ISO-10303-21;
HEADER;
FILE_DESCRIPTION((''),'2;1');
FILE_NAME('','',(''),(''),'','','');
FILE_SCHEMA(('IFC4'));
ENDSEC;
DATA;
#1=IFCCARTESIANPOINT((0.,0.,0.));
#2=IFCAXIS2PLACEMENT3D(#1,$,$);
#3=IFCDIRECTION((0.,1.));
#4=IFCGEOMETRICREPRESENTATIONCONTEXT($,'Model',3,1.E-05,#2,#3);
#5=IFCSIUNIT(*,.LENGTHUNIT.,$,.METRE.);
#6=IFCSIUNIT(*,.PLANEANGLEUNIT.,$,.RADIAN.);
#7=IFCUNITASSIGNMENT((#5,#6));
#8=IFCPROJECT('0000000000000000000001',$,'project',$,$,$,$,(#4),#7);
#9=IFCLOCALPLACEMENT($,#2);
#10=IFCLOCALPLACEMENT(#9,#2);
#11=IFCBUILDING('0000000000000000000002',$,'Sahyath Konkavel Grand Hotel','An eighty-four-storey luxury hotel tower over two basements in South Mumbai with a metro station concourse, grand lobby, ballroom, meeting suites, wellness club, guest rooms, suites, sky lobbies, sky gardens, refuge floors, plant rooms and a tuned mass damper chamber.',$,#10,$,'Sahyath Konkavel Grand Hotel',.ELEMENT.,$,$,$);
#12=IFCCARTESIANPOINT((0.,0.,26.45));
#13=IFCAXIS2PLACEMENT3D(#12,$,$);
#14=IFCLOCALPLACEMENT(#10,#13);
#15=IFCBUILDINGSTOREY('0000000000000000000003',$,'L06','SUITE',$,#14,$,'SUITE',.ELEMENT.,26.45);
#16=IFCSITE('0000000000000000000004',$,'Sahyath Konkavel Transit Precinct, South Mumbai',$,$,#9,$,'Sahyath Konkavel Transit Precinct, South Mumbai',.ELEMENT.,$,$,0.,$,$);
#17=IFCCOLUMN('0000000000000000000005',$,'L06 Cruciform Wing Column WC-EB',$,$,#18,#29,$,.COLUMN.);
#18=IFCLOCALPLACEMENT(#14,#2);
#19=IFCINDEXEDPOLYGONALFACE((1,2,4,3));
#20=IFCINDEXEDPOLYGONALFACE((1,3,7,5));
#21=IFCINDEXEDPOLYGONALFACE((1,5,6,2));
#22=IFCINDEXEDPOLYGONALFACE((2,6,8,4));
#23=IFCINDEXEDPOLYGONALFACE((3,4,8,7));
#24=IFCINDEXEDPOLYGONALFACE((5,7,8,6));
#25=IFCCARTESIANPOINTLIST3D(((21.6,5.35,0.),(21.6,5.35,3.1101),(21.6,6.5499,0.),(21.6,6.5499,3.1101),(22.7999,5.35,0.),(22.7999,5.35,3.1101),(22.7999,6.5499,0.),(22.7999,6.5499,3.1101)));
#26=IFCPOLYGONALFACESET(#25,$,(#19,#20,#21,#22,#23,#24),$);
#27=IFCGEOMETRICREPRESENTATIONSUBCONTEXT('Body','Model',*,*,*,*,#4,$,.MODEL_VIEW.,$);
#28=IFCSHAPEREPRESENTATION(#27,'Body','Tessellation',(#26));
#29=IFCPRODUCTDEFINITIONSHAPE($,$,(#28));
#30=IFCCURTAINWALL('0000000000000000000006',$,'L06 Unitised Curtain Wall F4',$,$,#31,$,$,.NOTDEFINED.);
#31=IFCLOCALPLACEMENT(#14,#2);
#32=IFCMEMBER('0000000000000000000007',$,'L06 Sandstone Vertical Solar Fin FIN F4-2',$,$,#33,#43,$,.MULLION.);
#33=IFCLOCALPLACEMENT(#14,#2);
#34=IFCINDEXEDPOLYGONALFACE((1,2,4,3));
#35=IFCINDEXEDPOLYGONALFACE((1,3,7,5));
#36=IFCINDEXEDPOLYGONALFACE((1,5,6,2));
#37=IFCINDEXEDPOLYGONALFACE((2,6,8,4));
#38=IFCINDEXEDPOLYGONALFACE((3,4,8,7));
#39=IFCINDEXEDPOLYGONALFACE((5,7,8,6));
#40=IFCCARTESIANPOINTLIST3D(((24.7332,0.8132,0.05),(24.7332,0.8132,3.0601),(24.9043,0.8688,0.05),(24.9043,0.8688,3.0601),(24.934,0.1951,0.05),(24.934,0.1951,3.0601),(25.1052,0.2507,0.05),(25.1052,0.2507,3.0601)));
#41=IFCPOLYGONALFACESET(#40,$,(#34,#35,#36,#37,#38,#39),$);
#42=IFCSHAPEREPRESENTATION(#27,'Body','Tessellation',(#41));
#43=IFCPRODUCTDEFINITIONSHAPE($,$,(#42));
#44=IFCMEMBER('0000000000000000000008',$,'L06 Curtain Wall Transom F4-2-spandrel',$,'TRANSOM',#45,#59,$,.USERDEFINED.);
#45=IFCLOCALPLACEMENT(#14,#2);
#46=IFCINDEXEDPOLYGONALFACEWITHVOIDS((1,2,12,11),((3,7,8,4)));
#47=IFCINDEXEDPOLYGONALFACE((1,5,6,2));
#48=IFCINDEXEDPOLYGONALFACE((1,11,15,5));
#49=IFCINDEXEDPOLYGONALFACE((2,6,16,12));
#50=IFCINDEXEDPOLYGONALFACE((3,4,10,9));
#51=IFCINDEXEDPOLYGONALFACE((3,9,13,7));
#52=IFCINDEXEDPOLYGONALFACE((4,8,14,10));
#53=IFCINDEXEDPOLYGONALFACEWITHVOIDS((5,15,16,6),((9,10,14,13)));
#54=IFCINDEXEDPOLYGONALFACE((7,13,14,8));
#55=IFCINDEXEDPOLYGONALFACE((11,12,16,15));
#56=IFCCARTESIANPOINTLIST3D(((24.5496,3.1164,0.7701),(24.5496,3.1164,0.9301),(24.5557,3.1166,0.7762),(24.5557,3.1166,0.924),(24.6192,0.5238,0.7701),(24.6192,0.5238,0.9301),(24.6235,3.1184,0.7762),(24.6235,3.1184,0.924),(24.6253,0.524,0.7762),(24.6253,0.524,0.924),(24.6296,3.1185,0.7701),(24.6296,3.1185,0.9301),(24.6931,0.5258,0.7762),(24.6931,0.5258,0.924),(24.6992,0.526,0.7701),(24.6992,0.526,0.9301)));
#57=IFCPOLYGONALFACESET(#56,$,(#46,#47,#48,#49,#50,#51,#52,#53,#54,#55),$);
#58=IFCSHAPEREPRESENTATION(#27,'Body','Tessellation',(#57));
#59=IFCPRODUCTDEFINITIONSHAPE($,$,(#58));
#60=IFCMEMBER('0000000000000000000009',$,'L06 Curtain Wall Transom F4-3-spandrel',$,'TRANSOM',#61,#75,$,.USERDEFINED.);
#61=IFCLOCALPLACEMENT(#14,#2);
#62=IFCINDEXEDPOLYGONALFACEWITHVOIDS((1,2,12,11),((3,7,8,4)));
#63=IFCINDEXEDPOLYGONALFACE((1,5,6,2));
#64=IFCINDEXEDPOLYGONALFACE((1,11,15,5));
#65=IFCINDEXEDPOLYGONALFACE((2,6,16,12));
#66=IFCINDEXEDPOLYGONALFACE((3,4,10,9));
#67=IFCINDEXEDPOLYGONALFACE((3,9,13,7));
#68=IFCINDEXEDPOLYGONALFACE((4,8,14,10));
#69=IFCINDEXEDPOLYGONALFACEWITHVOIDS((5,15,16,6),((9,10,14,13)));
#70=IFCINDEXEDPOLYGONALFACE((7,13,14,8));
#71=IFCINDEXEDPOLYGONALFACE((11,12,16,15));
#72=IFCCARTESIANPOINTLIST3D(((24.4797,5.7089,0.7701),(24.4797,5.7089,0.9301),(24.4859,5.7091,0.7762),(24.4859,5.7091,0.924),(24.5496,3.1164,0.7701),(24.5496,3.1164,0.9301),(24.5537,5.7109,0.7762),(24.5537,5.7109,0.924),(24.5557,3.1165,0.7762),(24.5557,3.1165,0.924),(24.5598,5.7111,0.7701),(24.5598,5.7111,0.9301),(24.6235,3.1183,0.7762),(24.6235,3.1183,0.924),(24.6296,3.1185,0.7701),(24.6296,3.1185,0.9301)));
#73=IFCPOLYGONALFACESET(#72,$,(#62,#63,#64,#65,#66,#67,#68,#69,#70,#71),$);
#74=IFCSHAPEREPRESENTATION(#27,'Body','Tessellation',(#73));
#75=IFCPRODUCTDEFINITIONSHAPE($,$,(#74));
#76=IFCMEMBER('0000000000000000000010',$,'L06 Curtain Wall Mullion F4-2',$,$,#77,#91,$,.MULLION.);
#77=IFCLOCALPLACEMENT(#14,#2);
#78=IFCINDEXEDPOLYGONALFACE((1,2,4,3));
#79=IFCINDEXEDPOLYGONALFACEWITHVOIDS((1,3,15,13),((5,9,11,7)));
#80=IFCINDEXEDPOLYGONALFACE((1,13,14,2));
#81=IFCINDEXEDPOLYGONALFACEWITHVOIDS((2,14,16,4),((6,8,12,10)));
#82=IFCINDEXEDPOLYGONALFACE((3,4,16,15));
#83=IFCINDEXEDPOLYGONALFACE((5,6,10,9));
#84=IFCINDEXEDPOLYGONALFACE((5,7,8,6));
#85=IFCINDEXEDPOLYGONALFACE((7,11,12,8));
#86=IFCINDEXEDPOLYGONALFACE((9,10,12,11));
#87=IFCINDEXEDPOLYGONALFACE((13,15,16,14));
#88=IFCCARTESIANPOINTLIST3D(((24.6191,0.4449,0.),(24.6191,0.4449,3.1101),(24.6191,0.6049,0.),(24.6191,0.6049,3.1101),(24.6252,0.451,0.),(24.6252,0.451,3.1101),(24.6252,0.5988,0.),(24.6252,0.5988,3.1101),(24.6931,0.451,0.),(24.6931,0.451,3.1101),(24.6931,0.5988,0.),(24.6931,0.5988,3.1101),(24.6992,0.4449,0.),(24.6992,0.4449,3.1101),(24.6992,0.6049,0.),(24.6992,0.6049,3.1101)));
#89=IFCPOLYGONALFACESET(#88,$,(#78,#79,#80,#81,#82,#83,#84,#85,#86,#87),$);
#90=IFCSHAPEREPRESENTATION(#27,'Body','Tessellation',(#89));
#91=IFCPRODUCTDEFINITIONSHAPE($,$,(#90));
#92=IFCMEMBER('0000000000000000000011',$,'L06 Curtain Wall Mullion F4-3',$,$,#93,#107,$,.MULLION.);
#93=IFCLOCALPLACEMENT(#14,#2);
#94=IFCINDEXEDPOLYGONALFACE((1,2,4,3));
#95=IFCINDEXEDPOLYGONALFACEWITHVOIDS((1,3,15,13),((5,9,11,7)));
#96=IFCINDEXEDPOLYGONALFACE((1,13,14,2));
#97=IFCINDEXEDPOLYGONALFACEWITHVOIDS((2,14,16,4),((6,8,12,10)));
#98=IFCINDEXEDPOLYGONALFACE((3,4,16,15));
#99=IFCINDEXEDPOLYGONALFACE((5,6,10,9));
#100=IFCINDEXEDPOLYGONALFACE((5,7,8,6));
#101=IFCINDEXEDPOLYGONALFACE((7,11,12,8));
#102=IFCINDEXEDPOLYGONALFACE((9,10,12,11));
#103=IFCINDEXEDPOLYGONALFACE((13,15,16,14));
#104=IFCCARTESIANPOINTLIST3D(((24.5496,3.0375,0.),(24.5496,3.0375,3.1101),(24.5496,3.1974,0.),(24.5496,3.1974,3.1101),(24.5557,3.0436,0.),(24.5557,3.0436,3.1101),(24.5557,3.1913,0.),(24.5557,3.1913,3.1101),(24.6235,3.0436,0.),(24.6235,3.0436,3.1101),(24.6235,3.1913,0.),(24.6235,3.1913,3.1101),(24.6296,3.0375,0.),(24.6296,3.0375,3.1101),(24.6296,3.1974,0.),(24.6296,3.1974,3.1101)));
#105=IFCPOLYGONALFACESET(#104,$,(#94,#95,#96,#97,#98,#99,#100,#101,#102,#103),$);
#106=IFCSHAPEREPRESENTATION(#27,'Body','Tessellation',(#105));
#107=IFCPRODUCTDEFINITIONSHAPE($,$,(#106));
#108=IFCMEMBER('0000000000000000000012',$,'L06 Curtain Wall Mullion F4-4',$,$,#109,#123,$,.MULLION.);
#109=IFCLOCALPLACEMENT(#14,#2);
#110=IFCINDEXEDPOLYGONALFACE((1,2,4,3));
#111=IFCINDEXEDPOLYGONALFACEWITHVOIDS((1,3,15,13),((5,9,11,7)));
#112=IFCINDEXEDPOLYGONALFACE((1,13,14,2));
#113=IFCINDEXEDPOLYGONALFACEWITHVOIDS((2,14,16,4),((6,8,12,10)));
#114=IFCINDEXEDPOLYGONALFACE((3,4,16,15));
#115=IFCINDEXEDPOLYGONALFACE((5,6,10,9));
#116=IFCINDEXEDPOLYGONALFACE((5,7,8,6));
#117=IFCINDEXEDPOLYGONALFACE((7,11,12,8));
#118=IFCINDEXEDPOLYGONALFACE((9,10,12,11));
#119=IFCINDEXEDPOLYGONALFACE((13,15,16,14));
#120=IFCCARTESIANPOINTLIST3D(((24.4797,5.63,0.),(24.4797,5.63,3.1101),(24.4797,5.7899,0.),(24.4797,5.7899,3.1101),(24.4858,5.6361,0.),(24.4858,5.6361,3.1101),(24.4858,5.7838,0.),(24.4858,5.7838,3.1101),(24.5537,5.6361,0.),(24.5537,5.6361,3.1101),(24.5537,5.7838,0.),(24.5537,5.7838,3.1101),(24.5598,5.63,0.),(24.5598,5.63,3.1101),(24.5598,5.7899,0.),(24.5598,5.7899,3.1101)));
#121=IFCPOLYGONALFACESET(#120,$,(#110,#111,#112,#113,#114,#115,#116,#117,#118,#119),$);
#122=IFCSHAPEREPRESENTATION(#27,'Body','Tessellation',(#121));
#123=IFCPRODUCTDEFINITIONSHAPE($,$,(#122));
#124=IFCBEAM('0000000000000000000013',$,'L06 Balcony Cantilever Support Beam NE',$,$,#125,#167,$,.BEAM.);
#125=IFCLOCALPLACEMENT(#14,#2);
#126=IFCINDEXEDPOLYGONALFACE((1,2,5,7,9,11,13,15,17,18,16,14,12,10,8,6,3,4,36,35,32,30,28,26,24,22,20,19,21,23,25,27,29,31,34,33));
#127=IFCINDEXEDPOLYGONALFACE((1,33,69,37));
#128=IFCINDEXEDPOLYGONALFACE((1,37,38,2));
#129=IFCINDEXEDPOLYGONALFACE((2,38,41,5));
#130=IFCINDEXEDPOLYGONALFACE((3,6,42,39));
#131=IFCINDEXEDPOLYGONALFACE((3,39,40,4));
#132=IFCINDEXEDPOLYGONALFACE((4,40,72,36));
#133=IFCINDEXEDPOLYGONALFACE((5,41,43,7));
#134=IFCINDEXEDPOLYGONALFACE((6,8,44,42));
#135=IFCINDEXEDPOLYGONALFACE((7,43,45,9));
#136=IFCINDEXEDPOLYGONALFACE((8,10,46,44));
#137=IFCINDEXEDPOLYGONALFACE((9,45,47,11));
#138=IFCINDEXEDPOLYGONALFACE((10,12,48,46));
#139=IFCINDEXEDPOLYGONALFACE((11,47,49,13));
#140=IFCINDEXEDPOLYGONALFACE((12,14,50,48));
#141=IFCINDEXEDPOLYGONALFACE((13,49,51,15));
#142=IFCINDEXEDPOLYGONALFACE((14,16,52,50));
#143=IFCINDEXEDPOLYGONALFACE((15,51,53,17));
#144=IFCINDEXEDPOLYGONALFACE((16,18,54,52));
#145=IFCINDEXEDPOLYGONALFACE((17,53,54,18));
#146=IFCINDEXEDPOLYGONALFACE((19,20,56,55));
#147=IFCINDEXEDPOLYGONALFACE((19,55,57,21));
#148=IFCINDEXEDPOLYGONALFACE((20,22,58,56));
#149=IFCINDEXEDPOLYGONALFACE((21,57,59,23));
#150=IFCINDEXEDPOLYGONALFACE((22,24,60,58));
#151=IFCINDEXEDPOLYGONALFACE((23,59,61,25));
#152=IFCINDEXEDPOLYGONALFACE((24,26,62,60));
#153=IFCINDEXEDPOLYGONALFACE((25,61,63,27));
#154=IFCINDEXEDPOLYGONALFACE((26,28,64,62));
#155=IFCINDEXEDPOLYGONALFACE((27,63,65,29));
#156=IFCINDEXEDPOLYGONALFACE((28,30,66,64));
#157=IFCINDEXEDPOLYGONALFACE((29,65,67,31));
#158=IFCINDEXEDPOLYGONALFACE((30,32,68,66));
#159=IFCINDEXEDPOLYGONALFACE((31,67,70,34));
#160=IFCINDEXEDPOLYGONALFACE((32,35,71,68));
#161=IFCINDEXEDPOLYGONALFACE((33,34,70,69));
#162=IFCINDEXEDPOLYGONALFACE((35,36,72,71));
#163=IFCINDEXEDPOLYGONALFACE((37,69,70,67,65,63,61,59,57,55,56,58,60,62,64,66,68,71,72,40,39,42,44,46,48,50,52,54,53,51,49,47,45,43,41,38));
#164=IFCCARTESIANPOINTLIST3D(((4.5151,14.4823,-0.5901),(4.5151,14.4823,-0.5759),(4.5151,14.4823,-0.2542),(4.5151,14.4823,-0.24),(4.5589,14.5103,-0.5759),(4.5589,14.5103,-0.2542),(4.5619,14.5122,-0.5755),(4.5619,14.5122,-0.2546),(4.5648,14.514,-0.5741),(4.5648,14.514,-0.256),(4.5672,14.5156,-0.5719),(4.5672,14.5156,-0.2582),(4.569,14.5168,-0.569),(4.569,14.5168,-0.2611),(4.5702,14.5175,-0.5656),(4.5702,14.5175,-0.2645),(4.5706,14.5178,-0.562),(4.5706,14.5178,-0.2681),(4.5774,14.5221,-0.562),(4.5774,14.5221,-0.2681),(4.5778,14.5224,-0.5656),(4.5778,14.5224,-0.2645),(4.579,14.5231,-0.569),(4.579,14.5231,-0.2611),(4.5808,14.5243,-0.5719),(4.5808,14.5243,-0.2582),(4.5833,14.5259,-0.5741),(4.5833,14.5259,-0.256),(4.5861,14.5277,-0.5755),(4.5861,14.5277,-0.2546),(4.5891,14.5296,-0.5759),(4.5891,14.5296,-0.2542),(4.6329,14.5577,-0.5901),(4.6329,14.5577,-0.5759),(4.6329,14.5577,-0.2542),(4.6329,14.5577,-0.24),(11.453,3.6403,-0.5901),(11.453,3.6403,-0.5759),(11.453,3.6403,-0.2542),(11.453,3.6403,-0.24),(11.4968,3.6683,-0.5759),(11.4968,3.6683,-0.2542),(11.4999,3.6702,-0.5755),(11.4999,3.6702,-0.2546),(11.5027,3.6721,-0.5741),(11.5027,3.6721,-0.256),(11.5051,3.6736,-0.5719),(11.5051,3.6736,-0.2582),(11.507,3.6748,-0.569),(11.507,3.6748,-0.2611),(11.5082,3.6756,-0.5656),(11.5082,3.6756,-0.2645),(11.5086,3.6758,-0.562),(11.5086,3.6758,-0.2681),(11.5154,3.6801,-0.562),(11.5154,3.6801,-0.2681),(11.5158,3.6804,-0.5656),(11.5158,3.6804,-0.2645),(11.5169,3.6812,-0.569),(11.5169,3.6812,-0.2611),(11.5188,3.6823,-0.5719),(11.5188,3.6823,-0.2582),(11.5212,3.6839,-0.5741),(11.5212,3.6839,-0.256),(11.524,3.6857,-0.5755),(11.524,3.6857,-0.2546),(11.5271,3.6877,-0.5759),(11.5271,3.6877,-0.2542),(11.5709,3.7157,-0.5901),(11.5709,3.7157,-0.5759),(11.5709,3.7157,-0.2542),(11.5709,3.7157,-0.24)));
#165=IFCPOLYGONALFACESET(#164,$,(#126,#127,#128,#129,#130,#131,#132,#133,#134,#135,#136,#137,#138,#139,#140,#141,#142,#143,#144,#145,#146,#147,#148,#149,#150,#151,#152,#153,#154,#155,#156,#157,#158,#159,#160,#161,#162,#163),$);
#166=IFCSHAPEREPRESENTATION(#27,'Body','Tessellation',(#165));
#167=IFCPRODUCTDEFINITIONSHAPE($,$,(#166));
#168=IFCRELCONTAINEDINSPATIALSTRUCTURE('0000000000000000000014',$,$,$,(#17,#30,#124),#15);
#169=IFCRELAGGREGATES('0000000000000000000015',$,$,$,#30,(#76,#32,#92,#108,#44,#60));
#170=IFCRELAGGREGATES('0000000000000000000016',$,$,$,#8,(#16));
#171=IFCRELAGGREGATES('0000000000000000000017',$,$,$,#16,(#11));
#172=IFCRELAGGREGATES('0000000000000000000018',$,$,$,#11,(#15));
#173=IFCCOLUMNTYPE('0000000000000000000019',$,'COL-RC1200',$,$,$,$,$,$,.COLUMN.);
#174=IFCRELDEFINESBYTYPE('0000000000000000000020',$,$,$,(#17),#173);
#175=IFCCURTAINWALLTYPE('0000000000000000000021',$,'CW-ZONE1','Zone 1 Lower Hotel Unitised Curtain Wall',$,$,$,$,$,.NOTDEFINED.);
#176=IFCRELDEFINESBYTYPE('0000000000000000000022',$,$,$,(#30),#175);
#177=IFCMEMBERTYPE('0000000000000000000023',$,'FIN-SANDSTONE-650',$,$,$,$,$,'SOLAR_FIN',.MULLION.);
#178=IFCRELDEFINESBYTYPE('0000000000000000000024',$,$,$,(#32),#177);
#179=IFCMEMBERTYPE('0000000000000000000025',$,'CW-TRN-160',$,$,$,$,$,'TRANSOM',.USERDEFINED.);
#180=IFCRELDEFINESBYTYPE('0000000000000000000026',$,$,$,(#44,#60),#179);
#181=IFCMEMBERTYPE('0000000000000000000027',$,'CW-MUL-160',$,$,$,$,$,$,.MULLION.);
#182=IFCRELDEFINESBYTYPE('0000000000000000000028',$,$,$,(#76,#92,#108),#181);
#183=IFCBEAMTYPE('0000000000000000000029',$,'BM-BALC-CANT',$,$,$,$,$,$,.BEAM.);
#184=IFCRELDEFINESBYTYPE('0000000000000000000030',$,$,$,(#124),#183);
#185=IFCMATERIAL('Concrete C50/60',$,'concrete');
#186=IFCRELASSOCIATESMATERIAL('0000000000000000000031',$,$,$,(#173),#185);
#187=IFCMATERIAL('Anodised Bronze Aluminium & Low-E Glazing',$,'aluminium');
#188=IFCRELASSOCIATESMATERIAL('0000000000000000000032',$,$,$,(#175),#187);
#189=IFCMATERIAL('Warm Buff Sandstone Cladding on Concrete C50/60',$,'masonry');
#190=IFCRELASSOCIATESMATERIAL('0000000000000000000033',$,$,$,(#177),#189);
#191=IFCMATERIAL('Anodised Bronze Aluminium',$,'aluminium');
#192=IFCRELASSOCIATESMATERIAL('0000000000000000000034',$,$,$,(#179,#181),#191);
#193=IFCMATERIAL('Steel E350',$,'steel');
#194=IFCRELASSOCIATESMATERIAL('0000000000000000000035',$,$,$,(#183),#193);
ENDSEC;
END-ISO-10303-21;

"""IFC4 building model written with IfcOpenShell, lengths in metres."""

from ifc_helpers import new_model, si_unit, direction, frame, origin, origin_2d, place, context, subcontext, project, spatial, rectangle, hollow_rectangle, i_section, extrude, source, transform, mapped, material, material_profile, profile_set, type_object, element, aggregate, save


model = new_model("IFC4")

# Units and contexts
model_context = context("Model", 3, precision=1e-05, world=origin(), true_north=direction((0.0, 1.0)))
body_context = subcontext(model_context, "Body", "Model", "MODEL_VIEW")
ifc_project = project(units=[si_unit("LENGTHUNIT", "METRE"), si_unit("PLANEANGLEUNIT", "RADIAN")], contexts=[model_context])

# Site, building, storey
site_placement = place(None, origin())
site = spatial("IfcSite", under=ifc_project, at=site_placement, Name="Sahyath Konkavel Transit Precinct, South Mumbai", LongName="Sahyath Konkavel Transit Precinct, South Mumbai", CompositionType="ELEMENT", RefElevation=0.0)
building_placement = place(site_placement, origin())
building = spatial("IfcBuilding", under=site, at=building_placement, Name="Sahyath Konkavel Grand Hotel", Description="An eighty-four-storey luxury hotel tower over two basements in South Mumbai with a metro station concourse, grand lobby, ballroom, meeting suites, wellness club, guest rooms, suites, sky lobbies, sky gardens, refuge floors, plant rooms and a tuned mass damper chamber.", LongName="Sahyath Konkavel Grand Hotel", CompositionType="ELEMENT")
storey_placement = place(building_placement, frame((0.0, 0.0, 26.45)))
storey = spatial("IfcBuildingStorey", under=building, at=storey_placement, Name="L06", Description="SUITE", LongName="SUITE", CompositionType="ELEMENT", Elevation=26.45)

# Column
ifc_material_1 = material(Name="Concrete C50/60", Category="concrete")
ifc_material_profile_1 = material_profile(ifc_material_1, rectangle(XDim=1.2, YDim=1.2, at=origin_2d()), Name="RC 1200x1200")
ifc_profile_set_1 = profile_set([ifc_material_profile_1], Name="Concrete C50/60")
column_type = type_object("IfcColumnType", Name="COL-RC1200", PredefinedType="COLUMN", material=ifc_profile_set_1)
shared_shape_1 = source(origin(), body_context, "Body", "SweptSolid", [
    extrude(rectangle(XDim=1.2, YDim=1.2, at=origin_2d()), origin(), (0.0, 0.0, 1.0), 3.1101),
])
column_placement = place(storey_placement, frame((22.2, 5.95, 0.0), z_axis=(0.0, 0.0, 1.0), x_axis=(1.0, 0.0, 0.0)))
element("IfcColumn", 1, at=column_placement, inside=storey, type_object=column_type, Name="L06 Cruciform Wing Column WC-EB", PredefinedType="COLUMN", context=body_context, shape_type="MappedRepresentation", body=[
    mapped(shared_shape_1, transform((0.0, 0.0, 0.0), scale=1.0)),
])

# Curtain wall, members
ifc_material_2 = material(Name="Anodised Bronze Aluminium & Low-E Glazing", Category="aluminium")
curtain_wall_type = type_object("IfcCurtainWallType", Name="CW-ZONE1", Description="Zone 1 Lower Hotel Unitised Curtain Wall", PredefinedType="NOTDEFINED", material=ifc_material_2)
curtain_wall_placement = place(storey_placement, origin())
curtain_wall = element("IfcCurtainWall", 2, at=curtain_wall_placement, inside=storey, type_object=curtain_wall_type, Name="L06 Unitised Curtain Wall F4", PredefinedType="NOTDEFINED")
ifc_material_3 = material(Name="Warm Buff Sandstone Cladding on Concrete C50/60", Category="masonry")
ifc_material_profile_2 = material_profile(ifc_material_3, rectangle(XDim=0.1799, YDim=0.6499, at=origin_2d()), Name="FIN 180x650")
ifc_profile_set_2 = profile_set([ifc_material_profile_2], Name="Warm Buff Sandstone Cladding on Concrete C50/60")
member_type_1 = type_object("IfcMemberType", Name="FIN-SANDSTONE-650", ElementType="SOLAR_FIN", PredefinedType="MULLION", material=ifc_profile_set_2)
shared_shape_2 = source(origin(), body_context, "Body", "SweptSolid", [
    extrude(rectangle(XDim=0.1799, YDim=0.6499, at=origin_2d()), origin(), (0.0, 0.0, 1.0), 3.01),
])
member_1_placement = place(storey_placement, frame((24.9192, 0.532, 0.05), z_axis=(0.0, 0.0, 1.0), x_axis=(0.951057, 0.309017, 0.0)))
member_1 = element("IfcMember", 3, at=member_1_placement, type_object=member_type_1, Name="L06 Sandstone Vertical Solar Fin FIN F4-2", PredefinedType="MULLION", context=body_context, shape_type="MappedRepresentation", body=[
    mapped(shared_shape_2, transform((0.0, 0.0, 0.0), scale=1.0)),
])
ifc_material_4 = material(Name="Anodised Bronze Aluminium", Category="aluminium")
ifc_material_profile_3 = material_profile(ifc_material_4, hollow_rectangle(XDim=0.0801, YDim=0.1599, WallThickness=0.0061, at=origin_2d()), Name="RHS 160x80x6")
ifc_profile_set_3 = profile_set([ifc_material_profile_3], Name="Anodised Bronze Aluminium")
member_type_2 = type_object("IfcMemberType", Name="CW-TRN-160", ElementType="TRANSOM", PredefinedType="USERDEFINED", material=ifc_profile_set_3)
shared_shape_3 = source(origin(), body_context, "Body", "SweptSolid", [
    extrude(hollow_rectangle(XDim=0.0801, YDim=0.1599, WallThickness=0.0061, at=origin_2d()), origin(), (0.0, 0.0, 1.0), 2.5935),
])
member_2_placement = place(storey_placement, frame((24.6592, 0.5249, 0.8501), z_axis=(-0.026829, 0.99964, 0.0), x_axis=(-0.99964, -0.026829, 0.0)))
member_2 = element("IfcMember", 4, at=member_2_placement, type_object=member_type_2, Name="L06 Curtain Wall Transom F4-2-spandrel", ObjectType="TRANSOM", PredefinedType="USERDEFINED", context=body_context, shape_type="MappedRepresentation", body=[
    mapped(shared_shape_3, transform((0.0, 0.0, 0.0), scale=1.0)),
])
member_3_placement = place(storey_placement, frame((24.5896, 3.1174, 0.8501), z_axis=(-0.026923, 0.999638, 0.0), x_axis=(-0.999638, -0.026923, 0.0)))
member_3 = element("IfcMember", 5, at=member_3_placement, type_object=member_type_2, Name="L06 Curtain Wall Transom F4-3-spandrel", ObjectType="TRANSOM", PredefinedType="USERDEFINED", context=body_context, shape_type="MappedRepresentation", body=[
    mapped(shared_shape_3, transform((0.0, 0.0, 0.0), scale=1.0)),
])
ifc_material_profile_4 = material_profile(ifc_material_4, hollow_rectangle(XDim=0.0801, YDim=0.1599, WallThickness=0.0061, at=origin_2d()), Name="RHS 160x80x6")
ifc_profile_set_4 = profile_set([ifc_material_profile_4], Name="Anodised Bronze Aluminium")
member_type_3 = type_object("IfcMemberType", Name="CW-MUL-160", PredefinedType="MULLION", material=ifc_profile_set_4)
shared_shape_4 = source(origin(), body_context, "Body", "SweptSolid", [
    extrude(hollow_rectangle(XDim=0.0801, YDim=0.1599, WallThickness=0.0061, at=origin_2d()), origin(), (0.0, 0.0, 1.0), 3.1101),
])
member_4_placement = place(storey_placement, frame((24.6592, 0.5249, 0.0), z_axis=(0.0, 0.0, 1.0), x_axis=(1.0, 0.0, 0.0)))
member_4 = element("IfcMember", 6, at=member_4_placement, type_object=member_type_3, Name="L06 Curtain Wall Mullion F4-2", PredefinedType="MULLION", context=body_context, shape_type="MappedRepresentation", body=[
    mapped(shared_shape_4, transform((0.0, 0.0, 0.0), scale=1.0)),
])
member_5_placement = place(storey_placement, frame((24.5896, 3.1174, 0.0), z_axis=(0.0, 0.0, 1.0), x_axis=(1.0, 0.0, 0.0)))
member_5 = element("IfcMember", 7, at=member_5_placement, type_object=member_type_3, Name="L06 Curtain Wall Mullion F4-3", PredefinedType="MULLION", context=body_context, shape_type="MappedRepresentation", body=[
    mapped(shared_shape_4, transform((0.0, 0.0, 0.0), scale=1.0)),
])
member_6_placement = place(storey_placement, frame((24.5198, 5.71, 0.0), z_axis=(0.0, 0.0, 1.0), x_axis=(1.0, 0.0, 0.0)))
member_6 = element("IfcMember", 8, at=member_6_placement, type_object=member_type_3, Name="L06 Curtain Wall Mullion F4-4", PredefinedType="MULLION", context=body_context, shape_type="MappedRepresentation", body=[
    mapped(shared_shape_4, transform((0.0, 0.0, 0.0), scale=1.0)),
])

# Beam
ifc_material_5 = material(Name="Steel E350", Category="steel")
ifc_material_profile_5 = material_profile(ifc_material_5, i_section(OverallWidth=0.1399, OverallDepth=0.3501, WebThickness=0.0081, FlangeThickness=0.0142, FilletRadius=0.0139, at=origin_2d()), Name="ISMB 350")
ifc_profile_set_5 = profile_set([ifc_material_profile_5], Name="Steel E350")
beam_type = type_object("IfcBeamType", Name="BM-BALC-CANT", PredefinedType="BEAM", material=ifc_profile_set_5)
shared_shape_5 = source(origin(), body_context, "Body", "SweptSolid", [
    extrude(i_section(OverallWidth=0.1399, OverallDepth=0.3501, WebThickness=0.0081, FlangeThickness=0.0142, FilletRadius=0.0139, at=origin_2d()), origin(), (0.0, 0.0, 1.0), 12.8718),
])
beam_placement = place(storey_placement, frame((11.512, 3.678, -0.415), z_axis=(-0.539003, 0.842304, 0.0), x_axis=(-0.842304, -0.539003, 0.0)))
element("IfcBeam", 9, at=beam_placement, inside=storey, type_object=beam_type, Name="L06 Balcony Cantilever Support Beam NE", PredefinedType="BEAM", context=body_context, shape_type="MappedRepresentation", body=[
    mapped(shared_shape_5, transform((0.0, 0.0, 0.0), scale=1.0)),
])

aggregate(curtain_wall, [member_4, member_1, member_5, member_6, member_2, member_3])

save(model, "model.ifc")
